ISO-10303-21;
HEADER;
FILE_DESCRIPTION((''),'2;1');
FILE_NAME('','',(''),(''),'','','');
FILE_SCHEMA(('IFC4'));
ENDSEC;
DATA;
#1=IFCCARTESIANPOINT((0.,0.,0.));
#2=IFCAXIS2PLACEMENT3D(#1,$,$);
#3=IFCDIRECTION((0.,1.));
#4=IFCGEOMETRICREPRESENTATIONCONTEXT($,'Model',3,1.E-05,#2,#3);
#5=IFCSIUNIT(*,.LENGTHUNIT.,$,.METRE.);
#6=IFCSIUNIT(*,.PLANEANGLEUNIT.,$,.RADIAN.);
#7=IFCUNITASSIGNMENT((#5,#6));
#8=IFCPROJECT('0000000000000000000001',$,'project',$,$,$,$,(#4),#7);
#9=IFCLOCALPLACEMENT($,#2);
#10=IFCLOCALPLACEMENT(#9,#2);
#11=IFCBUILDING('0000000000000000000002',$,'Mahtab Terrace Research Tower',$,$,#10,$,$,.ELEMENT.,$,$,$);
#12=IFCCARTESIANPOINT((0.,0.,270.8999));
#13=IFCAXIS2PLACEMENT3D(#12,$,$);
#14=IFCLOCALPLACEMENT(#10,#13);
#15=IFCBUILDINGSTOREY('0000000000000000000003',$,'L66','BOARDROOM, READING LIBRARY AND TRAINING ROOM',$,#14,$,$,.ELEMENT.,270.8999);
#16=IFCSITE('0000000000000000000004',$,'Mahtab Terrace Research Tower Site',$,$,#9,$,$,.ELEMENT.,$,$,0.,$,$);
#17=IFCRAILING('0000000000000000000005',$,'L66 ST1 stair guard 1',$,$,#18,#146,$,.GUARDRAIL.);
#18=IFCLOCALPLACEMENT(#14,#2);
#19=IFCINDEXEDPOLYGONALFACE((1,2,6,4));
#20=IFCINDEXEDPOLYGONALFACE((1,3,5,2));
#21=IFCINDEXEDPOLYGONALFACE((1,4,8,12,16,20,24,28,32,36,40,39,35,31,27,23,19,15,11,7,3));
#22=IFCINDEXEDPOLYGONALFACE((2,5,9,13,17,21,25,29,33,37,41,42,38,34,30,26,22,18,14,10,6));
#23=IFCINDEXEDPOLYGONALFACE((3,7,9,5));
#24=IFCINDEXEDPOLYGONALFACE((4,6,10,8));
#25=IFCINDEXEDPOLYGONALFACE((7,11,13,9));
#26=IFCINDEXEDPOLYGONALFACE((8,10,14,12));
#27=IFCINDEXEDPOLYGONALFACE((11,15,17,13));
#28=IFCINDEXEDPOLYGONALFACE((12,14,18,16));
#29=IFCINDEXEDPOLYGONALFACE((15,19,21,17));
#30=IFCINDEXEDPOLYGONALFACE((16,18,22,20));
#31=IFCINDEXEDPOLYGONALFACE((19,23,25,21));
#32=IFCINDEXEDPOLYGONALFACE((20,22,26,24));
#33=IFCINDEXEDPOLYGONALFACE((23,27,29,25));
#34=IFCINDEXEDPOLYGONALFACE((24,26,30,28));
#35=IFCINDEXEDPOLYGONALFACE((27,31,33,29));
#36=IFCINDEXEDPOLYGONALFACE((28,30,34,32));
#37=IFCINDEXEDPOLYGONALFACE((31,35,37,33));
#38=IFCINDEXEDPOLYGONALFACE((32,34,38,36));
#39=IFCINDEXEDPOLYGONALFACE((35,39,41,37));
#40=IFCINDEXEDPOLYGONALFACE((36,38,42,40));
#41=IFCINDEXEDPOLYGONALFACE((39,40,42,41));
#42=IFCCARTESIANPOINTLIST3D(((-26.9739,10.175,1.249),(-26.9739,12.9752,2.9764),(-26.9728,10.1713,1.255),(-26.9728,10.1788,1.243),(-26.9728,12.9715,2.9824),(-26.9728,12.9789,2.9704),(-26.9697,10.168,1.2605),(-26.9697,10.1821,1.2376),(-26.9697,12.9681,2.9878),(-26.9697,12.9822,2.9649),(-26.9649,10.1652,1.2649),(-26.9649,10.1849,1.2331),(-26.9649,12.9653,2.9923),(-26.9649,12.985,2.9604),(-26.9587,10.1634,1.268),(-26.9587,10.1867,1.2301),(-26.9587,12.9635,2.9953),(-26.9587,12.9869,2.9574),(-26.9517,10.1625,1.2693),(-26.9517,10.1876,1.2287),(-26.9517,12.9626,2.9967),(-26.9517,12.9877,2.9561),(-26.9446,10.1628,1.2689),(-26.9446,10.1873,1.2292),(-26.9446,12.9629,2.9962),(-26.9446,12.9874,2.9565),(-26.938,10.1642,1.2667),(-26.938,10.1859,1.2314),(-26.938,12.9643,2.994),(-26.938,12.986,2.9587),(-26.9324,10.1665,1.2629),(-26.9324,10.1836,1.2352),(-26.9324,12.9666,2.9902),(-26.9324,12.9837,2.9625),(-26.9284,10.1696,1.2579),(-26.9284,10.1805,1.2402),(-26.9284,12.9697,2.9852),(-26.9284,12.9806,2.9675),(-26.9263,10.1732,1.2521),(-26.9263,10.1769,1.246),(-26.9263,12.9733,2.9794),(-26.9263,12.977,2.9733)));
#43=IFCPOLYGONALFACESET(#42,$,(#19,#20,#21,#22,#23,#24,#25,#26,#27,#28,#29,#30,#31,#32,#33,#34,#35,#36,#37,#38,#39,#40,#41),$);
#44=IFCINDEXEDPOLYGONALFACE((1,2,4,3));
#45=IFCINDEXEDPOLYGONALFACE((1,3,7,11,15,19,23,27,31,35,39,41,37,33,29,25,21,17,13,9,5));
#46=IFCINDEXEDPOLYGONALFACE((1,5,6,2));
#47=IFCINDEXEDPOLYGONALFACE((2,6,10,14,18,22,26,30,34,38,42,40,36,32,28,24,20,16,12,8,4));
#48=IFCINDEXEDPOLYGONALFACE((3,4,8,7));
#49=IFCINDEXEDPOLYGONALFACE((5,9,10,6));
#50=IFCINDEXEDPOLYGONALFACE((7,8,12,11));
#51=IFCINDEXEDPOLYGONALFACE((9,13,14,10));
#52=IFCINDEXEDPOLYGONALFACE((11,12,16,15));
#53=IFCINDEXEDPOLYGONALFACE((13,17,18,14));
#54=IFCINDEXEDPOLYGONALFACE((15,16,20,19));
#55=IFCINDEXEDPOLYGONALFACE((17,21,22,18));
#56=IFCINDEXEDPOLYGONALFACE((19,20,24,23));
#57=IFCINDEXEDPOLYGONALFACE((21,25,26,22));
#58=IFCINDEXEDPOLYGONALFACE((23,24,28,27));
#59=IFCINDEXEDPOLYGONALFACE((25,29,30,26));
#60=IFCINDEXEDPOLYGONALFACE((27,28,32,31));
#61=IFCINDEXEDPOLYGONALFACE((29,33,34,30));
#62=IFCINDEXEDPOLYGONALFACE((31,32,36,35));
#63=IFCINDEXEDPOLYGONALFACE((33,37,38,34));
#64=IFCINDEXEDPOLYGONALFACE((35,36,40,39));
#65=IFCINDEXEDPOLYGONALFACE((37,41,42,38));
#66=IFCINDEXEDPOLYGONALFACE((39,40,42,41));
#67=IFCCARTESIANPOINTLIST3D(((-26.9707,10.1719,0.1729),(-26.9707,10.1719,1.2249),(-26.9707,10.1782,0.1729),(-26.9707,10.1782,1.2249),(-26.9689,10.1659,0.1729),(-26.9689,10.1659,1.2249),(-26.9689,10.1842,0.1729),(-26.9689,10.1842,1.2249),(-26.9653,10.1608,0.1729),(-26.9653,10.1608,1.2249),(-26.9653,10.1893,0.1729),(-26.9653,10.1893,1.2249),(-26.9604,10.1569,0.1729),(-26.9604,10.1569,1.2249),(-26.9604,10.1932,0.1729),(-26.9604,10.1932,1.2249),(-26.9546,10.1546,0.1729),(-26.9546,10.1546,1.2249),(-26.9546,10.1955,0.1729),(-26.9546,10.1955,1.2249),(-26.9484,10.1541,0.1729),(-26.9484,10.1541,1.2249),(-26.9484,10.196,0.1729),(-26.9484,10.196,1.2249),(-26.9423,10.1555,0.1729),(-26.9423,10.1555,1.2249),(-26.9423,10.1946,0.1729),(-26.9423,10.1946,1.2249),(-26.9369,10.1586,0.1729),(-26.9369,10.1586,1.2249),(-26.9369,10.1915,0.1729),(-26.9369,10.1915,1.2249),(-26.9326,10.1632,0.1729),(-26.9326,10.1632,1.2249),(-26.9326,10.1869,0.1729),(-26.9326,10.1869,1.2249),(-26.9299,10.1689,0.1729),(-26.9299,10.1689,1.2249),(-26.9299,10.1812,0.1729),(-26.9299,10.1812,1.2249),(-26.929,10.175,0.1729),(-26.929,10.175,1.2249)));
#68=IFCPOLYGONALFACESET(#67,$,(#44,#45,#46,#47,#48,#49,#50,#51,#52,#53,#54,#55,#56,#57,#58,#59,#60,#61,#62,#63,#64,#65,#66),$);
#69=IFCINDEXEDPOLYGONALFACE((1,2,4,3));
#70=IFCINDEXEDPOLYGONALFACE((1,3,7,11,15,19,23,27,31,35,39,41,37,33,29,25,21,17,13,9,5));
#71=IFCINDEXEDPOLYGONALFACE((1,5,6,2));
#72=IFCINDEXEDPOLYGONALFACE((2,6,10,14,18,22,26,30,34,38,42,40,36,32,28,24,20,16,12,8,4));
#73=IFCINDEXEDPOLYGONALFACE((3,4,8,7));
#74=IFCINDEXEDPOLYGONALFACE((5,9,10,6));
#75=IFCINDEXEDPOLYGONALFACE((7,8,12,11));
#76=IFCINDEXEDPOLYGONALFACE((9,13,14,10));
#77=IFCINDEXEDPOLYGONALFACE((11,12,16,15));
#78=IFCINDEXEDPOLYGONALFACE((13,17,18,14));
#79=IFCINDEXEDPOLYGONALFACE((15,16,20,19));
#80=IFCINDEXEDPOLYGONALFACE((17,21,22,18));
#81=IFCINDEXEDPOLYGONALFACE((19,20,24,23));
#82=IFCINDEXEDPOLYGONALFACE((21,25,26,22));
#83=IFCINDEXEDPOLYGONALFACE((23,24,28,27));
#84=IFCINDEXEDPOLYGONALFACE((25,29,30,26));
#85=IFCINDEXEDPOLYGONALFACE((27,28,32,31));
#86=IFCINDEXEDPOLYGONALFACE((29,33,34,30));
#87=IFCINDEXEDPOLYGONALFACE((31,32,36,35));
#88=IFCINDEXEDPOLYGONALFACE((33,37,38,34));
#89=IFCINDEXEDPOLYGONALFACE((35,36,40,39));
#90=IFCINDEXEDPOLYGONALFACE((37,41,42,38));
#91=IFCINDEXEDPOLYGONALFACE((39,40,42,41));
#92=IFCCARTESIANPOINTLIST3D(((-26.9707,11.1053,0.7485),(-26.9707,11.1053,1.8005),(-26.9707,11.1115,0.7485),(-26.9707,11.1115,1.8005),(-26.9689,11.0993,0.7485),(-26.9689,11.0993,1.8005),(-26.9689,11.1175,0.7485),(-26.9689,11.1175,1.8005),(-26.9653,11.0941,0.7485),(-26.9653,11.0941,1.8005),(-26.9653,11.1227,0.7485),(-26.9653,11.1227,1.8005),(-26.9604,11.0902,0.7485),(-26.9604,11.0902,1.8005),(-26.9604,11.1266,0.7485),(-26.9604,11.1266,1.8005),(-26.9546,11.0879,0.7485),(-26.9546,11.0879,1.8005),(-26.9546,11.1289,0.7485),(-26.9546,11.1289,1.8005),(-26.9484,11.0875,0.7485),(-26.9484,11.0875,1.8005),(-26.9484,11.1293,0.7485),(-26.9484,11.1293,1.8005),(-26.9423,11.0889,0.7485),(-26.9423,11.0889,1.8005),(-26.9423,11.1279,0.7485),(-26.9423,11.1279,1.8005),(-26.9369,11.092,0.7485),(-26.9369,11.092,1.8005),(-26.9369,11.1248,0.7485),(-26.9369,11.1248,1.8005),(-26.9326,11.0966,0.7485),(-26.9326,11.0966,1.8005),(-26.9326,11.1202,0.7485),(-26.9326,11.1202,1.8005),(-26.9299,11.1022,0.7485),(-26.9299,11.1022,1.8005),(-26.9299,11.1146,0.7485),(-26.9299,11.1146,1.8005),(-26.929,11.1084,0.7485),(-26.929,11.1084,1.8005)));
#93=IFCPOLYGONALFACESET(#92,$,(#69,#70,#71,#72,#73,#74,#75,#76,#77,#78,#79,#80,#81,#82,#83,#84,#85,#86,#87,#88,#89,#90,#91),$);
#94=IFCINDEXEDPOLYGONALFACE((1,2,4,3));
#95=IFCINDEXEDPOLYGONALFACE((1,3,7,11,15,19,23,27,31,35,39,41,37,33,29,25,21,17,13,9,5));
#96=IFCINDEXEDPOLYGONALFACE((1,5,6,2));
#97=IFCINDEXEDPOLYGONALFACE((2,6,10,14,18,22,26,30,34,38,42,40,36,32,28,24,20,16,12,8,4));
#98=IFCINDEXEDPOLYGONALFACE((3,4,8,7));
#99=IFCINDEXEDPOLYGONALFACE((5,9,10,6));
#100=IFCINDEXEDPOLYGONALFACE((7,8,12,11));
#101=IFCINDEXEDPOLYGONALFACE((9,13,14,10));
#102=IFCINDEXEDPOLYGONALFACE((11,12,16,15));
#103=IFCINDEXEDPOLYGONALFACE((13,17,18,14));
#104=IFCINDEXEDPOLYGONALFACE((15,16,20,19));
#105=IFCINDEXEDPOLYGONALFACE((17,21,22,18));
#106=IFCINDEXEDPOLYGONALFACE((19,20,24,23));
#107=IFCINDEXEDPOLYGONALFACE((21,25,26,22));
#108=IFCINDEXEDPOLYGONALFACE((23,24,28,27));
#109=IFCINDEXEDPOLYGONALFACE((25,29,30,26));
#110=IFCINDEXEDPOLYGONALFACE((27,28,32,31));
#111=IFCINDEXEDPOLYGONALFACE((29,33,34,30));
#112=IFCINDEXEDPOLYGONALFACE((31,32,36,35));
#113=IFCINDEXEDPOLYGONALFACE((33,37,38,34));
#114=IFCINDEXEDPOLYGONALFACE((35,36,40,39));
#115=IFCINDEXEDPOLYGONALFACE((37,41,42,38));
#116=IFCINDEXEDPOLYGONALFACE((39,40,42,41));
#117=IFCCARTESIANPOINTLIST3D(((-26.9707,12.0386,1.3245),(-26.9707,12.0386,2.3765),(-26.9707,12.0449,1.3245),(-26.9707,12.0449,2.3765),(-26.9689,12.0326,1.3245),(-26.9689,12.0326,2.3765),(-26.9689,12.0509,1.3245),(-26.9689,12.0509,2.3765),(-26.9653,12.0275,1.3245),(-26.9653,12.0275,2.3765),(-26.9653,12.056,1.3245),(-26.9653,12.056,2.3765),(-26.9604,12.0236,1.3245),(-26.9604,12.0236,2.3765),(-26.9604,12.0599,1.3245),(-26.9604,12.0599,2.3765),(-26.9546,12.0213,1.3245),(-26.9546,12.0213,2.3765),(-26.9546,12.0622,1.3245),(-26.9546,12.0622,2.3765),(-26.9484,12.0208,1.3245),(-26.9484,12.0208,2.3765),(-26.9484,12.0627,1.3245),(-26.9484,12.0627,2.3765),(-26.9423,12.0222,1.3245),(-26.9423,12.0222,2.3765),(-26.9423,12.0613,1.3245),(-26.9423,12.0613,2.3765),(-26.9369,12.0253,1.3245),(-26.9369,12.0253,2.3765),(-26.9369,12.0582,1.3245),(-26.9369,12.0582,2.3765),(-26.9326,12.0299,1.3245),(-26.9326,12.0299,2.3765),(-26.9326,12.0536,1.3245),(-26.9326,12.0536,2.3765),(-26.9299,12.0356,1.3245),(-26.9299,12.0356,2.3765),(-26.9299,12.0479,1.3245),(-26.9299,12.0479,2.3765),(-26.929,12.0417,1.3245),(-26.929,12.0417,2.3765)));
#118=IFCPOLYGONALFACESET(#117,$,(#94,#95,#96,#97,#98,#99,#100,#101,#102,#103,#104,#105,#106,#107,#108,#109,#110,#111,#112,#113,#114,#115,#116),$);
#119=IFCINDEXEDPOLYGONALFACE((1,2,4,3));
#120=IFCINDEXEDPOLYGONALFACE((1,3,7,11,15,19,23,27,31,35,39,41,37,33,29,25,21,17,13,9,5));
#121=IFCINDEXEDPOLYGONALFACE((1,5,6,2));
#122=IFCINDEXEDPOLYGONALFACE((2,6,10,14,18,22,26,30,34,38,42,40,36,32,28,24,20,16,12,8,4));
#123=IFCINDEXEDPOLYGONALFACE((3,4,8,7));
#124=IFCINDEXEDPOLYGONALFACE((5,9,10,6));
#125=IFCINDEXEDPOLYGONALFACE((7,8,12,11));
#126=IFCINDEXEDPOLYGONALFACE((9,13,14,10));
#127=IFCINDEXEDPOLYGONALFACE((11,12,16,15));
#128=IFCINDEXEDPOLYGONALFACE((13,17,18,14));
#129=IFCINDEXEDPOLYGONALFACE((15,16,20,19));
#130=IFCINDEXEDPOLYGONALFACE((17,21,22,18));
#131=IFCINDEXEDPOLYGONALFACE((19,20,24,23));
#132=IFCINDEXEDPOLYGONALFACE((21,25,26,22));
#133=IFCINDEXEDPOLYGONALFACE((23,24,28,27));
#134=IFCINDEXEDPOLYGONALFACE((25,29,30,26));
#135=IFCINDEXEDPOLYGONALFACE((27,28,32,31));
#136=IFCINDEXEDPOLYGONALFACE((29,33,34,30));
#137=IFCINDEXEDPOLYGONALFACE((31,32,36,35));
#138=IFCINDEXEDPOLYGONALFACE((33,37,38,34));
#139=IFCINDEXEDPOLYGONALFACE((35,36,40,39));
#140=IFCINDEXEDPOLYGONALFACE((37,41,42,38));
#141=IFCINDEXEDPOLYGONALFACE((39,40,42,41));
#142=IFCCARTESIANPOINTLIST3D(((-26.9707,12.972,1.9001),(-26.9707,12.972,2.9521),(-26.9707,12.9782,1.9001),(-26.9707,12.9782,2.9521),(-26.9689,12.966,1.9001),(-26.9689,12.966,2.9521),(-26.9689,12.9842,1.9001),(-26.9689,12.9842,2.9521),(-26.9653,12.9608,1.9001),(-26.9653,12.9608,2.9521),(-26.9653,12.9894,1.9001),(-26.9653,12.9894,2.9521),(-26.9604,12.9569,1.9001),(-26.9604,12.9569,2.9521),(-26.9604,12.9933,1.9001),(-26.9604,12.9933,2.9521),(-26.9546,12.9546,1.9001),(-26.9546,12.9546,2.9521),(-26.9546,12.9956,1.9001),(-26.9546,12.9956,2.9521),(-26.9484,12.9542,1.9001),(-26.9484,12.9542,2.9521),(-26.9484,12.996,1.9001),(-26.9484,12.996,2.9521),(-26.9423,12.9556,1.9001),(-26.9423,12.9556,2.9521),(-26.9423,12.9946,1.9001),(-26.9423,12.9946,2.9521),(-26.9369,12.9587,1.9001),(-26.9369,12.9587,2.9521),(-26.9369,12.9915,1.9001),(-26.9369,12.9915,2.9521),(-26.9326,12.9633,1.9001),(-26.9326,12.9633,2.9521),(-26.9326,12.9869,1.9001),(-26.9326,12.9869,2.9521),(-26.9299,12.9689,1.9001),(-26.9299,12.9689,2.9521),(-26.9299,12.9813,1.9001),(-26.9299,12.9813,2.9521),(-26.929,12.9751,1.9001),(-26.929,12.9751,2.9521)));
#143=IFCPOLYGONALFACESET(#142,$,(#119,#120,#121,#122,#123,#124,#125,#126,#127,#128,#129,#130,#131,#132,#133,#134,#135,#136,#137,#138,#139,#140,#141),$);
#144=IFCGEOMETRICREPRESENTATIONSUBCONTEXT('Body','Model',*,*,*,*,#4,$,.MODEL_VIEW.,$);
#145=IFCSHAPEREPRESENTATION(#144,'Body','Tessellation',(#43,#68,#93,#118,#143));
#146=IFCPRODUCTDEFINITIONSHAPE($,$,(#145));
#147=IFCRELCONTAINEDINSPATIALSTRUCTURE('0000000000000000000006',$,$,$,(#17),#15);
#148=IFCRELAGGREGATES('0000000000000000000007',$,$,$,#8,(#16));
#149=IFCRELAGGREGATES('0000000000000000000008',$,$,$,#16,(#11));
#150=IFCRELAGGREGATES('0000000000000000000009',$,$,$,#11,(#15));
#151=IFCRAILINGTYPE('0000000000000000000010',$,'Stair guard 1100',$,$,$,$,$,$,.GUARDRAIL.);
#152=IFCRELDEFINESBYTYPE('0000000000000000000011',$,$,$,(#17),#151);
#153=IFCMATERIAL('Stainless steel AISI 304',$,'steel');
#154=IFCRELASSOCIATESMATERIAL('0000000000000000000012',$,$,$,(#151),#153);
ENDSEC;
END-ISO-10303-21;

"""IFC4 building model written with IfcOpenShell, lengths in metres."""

from ifc_helpers import new_model, si_unit, direction, frame, origin, origin_2d, place, context, subcontext, project, spatial, circle, extrude, material, type_object, element, save


model = new_model("IFC4")

# Units and contexts
model_context = context("Model", 3, precision=1e-05, world=origin(), true_north=direction((0.0, 1.0)))
body_context = subcontext(model_context, "Body", "Model", "MODEL_VIEW")
ifc_project = project(units=[si_unit("LENGTHUNIT", "METRE"), si_unit("PLANEANGLEUNIT", "RADIAN")], contexts=[model_context])

# Site, building, storey
site_placement = place(None, origin())
site = spatial("IfcSite", under=ifc_project, at=site_placement, Name="Mahtab Terrace Research Tower Site", CompositionType="ELEMENT", RefElevation=0.0)
building_placement = place(site_placement, origin())
building = spatial("IfcBuilding", under=site, at=building_placement, Name="Mahtab Terrace Research Tower", CompositionType="ELEMENT")
storey_placement = place(building_placement, frame((0.0, 0.0, 270.8999)))
storey = spatial("IfcBuildingStorey", under=building, at=storey_placement, Name="L66", Description="BOARDROOM, READING LIBRARY AND TRAINING ROOM", CompositionType="ELEMENT", Elevation=270.8999)

# Railing
ifc_material_1 = material(Name="Stainless steel AISI 304", Category="steel")
railing_type_1 = type_object("IfcRailingType", Name="Stair guard 1100", PredefinedType="GUARDRAIL", material=ifc_material_1)
railing_1_placement = place(storey_placement, frame((-26.95, 10.175, 0.1729)))
element("IfcRailing", 1, at=railing_1_placement, inside=storey, type_object=railing_type_1, Name="L66 ST1 stair guard 1", PredefinedType="GUARDRAIL", context=body_context, shape_type="SweptSolid", body=[
    extrude(circle(Radius=0.0239, at=origin_2d()), frame((0.0, 0.0, 1.0762), z_axis=(0.0, 0.85109, 0.52502), x_axis=(-1.0, 0.0, 0.0)), (0.0, 0.0, 1.0), 3.29),
    extrude(circle(Radius=0.021, at=origin_2d()), origin(), (0.0, 0.0, 1.0), 1.052),
    extrude(circle(Radius=0.021, at=origin_2d()), frame((0.0, 0.9333, 0.5757)), (0.0, 0.0, 1.0), 1.052),
    extrude(circle(Radius=0.021, at=origin_2d()), frame((0.0, 1.8667, 1.1516)), (0.0, 0.0, 1.0), 1.052),
    extrude(circle(Radius=0.021, at=origin_2d()), frame((0.0, 2.8, 1.7273)), (0.0, 0.0, 1.0), 1.052),
])

save(model, "model.ifc")
